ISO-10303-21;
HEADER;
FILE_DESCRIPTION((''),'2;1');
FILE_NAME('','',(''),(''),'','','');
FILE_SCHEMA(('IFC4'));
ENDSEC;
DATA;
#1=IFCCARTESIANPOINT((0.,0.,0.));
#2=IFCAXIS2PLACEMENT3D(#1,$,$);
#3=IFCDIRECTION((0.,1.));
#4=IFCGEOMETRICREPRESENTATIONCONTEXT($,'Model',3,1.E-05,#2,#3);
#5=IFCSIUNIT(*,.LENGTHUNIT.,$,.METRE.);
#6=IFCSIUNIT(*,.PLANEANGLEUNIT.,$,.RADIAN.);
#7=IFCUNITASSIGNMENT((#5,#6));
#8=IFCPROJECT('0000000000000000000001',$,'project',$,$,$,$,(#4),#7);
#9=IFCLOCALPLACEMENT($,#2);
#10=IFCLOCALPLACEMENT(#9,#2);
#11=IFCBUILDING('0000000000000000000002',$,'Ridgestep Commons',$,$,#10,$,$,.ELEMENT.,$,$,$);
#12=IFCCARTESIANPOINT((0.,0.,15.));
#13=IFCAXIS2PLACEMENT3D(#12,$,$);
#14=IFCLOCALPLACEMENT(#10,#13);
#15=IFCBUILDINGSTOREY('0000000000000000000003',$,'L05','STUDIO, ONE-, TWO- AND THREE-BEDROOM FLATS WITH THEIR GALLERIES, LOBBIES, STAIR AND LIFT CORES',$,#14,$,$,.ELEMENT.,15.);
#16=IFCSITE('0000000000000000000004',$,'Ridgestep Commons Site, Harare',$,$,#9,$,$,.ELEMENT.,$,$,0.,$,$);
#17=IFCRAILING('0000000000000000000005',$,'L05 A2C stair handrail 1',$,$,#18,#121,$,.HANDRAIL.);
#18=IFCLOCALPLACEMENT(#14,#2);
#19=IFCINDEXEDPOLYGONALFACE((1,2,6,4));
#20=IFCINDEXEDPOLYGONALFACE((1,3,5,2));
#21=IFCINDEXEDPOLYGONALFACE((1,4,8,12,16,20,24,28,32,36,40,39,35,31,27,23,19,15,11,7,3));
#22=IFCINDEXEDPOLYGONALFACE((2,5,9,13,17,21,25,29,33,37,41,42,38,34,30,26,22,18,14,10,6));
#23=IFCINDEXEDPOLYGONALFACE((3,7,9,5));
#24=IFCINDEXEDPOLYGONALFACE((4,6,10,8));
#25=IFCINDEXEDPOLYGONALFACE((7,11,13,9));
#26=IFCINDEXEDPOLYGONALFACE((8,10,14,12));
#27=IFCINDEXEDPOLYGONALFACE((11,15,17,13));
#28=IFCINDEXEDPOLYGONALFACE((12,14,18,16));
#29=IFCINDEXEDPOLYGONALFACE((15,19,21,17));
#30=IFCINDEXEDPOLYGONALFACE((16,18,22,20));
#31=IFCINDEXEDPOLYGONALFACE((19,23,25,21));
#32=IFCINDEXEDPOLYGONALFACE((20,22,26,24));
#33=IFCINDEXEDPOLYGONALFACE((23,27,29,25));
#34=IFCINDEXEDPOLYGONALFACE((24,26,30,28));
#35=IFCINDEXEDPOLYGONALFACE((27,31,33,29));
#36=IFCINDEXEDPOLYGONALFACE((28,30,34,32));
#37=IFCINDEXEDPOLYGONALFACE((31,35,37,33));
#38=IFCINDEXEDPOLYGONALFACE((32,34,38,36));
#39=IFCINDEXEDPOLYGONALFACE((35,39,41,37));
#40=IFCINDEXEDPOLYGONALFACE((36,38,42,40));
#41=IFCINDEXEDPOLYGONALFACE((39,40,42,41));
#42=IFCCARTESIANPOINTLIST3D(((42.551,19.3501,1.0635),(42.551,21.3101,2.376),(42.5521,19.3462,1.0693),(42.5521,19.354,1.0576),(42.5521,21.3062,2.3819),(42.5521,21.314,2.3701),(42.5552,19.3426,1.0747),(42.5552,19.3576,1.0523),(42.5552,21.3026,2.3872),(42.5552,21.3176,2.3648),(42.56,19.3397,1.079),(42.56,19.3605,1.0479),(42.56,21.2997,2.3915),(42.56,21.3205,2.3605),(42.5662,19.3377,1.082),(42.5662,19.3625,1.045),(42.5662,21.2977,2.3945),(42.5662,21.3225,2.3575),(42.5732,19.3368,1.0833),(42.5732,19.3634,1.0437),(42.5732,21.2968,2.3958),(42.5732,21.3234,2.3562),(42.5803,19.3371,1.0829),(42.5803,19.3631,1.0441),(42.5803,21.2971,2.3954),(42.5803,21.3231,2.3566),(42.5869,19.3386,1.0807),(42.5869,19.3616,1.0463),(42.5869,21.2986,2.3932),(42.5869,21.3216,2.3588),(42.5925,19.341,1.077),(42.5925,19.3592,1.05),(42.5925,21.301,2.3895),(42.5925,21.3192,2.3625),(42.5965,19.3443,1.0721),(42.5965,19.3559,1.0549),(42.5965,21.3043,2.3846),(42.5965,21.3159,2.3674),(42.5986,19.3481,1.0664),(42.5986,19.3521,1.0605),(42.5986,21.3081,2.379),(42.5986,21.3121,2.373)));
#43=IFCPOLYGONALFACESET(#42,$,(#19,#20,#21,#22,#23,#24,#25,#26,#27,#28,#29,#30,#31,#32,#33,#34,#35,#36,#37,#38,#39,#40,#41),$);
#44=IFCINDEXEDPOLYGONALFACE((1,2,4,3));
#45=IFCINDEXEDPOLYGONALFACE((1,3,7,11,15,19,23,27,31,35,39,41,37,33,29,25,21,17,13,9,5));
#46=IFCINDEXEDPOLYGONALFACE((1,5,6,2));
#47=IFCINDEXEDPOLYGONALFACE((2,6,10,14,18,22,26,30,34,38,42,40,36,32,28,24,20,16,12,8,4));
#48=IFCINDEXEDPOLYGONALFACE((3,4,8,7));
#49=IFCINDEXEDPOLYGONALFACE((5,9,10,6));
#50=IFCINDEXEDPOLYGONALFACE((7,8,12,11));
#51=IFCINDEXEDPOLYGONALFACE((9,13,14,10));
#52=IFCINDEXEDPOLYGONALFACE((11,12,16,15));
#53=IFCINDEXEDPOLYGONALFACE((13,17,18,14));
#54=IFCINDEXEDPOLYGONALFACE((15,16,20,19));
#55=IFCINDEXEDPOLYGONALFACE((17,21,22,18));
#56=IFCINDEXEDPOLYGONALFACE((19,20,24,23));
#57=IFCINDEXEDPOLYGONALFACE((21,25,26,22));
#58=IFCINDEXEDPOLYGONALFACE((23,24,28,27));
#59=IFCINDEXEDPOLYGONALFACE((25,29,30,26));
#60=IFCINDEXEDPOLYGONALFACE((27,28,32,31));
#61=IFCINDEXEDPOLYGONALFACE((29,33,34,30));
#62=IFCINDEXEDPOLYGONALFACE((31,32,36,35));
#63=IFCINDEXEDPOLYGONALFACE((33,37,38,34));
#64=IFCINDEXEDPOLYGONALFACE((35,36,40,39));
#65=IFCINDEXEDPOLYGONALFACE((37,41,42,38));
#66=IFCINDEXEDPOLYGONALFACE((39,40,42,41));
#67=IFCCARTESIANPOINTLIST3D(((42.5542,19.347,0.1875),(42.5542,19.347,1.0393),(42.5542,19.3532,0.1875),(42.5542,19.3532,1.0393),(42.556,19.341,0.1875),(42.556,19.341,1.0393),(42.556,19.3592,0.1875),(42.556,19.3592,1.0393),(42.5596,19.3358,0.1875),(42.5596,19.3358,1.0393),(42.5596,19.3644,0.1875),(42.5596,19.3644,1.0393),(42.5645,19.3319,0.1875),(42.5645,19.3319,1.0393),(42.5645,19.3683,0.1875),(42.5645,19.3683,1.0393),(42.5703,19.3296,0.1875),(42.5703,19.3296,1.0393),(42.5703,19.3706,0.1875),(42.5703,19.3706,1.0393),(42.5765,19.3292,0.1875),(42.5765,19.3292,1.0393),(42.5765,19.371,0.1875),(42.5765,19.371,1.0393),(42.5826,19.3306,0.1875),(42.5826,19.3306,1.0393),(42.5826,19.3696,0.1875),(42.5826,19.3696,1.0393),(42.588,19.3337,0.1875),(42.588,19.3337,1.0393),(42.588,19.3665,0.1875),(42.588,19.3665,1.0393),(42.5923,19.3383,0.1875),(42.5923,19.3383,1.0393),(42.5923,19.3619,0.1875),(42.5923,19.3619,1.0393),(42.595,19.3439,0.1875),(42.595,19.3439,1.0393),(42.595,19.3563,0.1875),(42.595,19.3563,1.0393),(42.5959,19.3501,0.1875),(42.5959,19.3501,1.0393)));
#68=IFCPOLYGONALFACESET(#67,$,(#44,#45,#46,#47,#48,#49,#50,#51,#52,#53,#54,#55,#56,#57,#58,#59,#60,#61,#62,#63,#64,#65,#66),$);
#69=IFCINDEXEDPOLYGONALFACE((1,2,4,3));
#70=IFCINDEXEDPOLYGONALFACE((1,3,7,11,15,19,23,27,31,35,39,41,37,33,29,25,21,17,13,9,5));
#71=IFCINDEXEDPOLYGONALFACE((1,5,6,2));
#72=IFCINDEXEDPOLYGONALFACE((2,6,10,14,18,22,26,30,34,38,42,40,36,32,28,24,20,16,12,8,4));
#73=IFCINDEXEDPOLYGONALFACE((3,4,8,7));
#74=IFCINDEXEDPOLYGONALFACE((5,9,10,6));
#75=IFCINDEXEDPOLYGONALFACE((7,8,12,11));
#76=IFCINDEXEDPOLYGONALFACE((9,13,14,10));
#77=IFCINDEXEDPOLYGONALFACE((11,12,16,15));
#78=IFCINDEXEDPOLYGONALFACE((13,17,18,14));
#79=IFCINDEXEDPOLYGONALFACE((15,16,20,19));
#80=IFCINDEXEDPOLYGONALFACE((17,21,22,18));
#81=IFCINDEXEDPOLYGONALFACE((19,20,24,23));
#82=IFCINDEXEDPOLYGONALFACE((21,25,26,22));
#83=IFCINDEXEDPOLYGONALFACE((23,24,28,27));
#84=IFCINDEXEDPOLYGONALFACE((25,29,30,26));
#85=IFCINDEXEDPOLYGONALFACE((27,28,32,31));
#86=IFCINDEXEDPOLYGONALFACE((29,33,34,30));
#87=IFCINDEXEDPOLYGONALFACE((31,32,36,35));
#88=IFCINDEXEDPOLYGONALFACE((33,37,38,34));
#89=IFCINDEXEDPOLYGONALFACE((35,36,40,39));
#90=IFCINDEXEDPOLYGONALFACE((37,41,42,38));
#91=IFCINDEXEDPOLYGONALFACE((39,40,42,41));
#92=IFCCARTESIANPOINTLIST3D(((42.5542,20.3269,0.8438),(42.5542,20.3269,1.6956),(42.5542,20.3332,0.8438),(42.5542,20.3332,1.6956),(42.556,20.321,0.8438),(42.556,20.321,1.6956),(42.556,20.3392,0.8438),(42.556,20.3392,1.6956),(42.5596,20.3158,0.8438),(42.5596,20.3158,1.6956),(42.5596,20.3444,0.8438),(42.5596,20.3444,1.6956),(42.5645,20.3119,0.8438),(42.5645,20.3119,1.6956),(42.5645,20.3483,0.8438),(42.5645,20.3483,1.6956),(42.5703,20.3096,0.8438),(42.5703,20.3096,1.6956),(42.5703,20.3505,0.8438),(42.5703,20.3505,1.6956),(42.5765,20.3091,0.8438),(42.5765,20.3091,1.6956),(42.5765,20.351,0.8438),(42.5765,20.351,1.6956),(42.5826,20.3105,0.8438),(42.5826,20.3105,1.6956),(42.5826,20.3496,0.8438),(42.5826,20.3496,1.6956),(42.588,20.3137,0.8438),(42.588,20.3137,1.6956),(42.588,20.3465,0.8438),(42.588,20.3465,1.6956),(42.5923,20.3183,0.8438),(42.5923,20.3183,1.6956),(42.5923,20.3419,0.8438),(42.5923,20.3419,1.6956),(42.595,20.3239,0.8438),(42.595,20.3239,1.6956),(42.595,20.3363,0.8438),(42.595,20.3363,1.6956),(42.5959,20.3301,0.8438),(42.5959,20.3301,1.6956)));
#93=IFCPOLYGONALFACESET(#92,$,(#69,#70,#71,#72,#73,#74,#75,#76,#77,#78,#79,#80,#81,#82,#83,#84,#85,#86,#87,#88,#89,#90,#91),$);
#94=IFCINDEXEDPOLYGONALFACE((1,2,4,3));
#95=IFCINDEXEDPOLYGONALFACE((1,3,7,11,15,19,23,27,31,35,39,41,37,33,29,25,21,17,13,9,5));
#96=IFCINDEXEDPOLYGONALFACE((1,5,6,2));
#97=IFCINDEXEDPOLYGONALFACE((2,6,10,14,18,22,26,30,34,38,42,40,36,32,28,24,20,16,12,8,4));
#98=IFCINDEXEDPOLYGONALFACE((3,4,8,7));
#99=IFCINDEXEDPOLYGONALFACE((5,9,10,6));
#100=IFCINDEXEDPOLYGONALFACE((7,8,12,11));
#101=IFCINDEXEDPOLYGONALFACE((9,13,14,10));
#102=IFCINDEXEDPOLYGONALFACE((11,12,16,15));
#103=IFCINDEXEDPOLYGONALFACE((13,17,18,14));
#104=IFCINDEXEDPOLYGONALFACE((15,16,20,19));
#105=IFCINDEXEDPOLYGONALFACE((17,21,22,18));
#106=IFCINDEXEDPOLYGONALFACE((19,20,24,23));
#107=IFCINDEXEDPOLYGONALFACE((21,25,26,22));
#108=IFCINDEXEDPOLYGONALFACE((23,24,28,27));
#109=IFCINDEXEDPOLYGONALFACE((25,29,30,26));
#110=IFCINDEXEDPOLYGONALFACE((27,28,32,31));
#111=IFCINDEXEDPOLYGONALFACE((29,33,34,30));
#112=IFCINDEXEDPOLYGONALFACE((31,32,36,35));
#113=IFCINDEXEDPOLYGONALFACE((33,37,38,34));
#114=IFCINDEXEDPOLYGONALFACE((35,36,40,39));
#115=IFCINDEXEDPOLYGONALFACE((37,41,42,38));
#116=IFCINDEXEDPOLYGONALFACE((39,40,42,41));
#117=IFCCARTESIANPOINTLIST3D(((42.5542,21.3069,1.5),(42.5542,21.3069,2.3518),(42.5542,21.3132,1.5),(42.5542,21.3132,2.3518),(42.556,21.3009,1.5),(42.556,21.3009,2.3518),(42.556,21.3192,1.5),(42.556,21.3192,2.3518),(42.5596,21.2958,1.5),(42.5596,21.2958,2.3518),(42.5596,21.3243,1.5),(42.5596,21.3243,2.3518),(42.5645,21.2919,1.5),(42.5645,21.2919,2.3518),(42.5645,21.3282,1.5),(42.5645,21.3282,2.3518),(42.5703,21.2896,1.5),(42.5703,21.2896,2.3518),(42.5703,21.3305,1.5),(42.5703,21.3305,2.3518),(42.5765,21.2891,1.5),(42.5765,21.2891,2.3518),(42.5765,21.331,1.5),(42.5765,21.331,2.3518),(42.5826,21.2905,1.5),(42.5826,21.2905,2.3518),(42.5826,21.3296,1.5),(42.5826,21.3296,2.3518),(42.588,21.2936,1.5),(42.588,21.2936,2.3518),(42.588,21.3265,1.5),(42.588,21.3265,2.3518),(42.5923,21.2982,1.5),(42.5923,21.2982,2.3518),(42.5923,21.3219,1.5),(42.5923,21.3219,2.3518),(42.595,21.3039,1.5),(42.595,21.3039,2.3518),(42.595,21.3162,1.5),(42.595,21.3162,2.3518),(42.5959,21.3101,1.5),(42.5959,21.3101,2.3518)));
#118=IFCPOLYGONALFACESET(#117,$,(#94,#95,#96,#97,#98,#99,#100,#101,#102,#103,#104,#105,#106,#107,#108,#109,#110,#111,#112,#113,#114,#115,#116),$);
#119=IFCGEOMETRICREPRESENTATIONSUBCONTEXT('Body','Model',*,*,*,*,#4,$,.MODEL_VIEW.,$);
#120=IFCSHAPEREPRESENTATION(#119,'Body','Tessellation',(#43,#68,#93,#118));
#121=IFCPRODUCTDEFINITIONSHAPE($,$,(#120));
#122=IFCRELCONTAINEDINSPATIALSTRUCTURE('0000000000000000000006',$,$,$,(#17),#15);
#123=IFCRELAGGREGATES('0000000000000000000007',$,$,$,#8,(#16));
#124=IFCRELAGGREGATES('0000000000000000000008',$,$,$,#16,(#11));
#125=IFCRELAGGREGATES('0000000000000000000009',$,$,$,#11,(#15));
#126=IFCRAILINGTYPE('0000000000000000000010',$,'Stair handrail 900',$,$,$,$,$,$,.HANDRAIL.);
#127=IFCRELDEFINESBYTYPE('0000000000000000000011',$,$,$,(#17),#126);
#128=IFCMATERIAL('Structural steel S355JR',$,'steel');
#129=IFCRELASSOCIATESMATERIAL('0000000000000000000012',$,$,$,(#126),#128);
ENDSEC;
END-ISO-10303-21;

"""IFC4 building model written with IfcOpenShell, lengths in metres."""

from ifc_helpers import new_model, si_unit, direction, frame, origin, origin_2d, place, context, subcontext, project, spatial, circle, extrude, material, type_object, element, save


model = new_model("IFC4")

# Units and contexts
model_context = context("Model", 3, precision=1e-05, world=origin(), true_north=direction((0.0, 1.0)))
body_context = subcontext(model_context, "Body", "Model", "MODEL_VIEW")
ifc_project = project(units=[si_unit("LENGTHUNIT", "METRE"), si_unit("PLANEANGLEUNIT", "RADIAN")], contexts=[model_context])

# Site, building, storey
site_placement = place(None, origin())
site = spatial("IfcSite", under=ifc_project, at=site_placement, Name="Ridgestep Commons Site, Harare", CompositionType="ELEMENT", RefElevation=0.0)
building_placement = place(site_placement, origin())
building = spatial("IfcBuilding", under=site, at=building_placement, Name="Ridgestep Commons", CompositionType="ELEMENT")
storey_placement = place(building_placement, frame((0.0, 0.0, 15.0)))
storey = spatial("IfcBuildingStorey", under=building, at=storey_placement, Name="L05", Description="STUDIO, ONE-, TWO- AND THREE-BEDROOM FLATS WITH THEIR GALLERIES, LOBBIES, STAIR AND LIFT CORES", CompositionType="ELEMENT", Elevation=15.0)

# Railing
ifc_material_1 = material(Name="Structural steel S355JR", Category="steel")
railing_type_1 = type_object("IfcRailingType", Name="Stair handrail 900", PredefinedType="HANDRAIL", material=ifc_material_1)
railing_1_placement = place(storey_placement, frame((42.575, 19.3501, 0.1875)))
element("IfcRailing", 1, at=railing_1_placement, inside=storey, type_object=railing_type_1, Name="L05 A2C stair handrail 1", PredefinedType="HANDRAIL", context=body_context, shape_type="SweptSolid", body=[
    extrude(circle(Radius=0.0239, at=origin_2d()), frame((0.0, 0.0, 0.876), z_axis=(0.0, 0.830902, 0.556419), x_axis=(-1.0, 0.0, 0.0)), (0.0, 0.0, 1.0), 2.3589),
    extrude(circle(Radius=0.021, at=origin_2d()), origin(), (0.0, 0.0, 1.0), 0.8518),
    extrude(circle(Radius=0.021, at=origin_2d()), frame((0.0, 0.98, 0.6562)), (0.0, 0.0, 1.0), 0.8518),
    extrude(circle(Radius=0.021, at=origin_2d()), frame((0.0, 1.96, 1.3125)), (0.0, 0.0, 1.0), 0.8518),
])

save(model, "model.ifc")
